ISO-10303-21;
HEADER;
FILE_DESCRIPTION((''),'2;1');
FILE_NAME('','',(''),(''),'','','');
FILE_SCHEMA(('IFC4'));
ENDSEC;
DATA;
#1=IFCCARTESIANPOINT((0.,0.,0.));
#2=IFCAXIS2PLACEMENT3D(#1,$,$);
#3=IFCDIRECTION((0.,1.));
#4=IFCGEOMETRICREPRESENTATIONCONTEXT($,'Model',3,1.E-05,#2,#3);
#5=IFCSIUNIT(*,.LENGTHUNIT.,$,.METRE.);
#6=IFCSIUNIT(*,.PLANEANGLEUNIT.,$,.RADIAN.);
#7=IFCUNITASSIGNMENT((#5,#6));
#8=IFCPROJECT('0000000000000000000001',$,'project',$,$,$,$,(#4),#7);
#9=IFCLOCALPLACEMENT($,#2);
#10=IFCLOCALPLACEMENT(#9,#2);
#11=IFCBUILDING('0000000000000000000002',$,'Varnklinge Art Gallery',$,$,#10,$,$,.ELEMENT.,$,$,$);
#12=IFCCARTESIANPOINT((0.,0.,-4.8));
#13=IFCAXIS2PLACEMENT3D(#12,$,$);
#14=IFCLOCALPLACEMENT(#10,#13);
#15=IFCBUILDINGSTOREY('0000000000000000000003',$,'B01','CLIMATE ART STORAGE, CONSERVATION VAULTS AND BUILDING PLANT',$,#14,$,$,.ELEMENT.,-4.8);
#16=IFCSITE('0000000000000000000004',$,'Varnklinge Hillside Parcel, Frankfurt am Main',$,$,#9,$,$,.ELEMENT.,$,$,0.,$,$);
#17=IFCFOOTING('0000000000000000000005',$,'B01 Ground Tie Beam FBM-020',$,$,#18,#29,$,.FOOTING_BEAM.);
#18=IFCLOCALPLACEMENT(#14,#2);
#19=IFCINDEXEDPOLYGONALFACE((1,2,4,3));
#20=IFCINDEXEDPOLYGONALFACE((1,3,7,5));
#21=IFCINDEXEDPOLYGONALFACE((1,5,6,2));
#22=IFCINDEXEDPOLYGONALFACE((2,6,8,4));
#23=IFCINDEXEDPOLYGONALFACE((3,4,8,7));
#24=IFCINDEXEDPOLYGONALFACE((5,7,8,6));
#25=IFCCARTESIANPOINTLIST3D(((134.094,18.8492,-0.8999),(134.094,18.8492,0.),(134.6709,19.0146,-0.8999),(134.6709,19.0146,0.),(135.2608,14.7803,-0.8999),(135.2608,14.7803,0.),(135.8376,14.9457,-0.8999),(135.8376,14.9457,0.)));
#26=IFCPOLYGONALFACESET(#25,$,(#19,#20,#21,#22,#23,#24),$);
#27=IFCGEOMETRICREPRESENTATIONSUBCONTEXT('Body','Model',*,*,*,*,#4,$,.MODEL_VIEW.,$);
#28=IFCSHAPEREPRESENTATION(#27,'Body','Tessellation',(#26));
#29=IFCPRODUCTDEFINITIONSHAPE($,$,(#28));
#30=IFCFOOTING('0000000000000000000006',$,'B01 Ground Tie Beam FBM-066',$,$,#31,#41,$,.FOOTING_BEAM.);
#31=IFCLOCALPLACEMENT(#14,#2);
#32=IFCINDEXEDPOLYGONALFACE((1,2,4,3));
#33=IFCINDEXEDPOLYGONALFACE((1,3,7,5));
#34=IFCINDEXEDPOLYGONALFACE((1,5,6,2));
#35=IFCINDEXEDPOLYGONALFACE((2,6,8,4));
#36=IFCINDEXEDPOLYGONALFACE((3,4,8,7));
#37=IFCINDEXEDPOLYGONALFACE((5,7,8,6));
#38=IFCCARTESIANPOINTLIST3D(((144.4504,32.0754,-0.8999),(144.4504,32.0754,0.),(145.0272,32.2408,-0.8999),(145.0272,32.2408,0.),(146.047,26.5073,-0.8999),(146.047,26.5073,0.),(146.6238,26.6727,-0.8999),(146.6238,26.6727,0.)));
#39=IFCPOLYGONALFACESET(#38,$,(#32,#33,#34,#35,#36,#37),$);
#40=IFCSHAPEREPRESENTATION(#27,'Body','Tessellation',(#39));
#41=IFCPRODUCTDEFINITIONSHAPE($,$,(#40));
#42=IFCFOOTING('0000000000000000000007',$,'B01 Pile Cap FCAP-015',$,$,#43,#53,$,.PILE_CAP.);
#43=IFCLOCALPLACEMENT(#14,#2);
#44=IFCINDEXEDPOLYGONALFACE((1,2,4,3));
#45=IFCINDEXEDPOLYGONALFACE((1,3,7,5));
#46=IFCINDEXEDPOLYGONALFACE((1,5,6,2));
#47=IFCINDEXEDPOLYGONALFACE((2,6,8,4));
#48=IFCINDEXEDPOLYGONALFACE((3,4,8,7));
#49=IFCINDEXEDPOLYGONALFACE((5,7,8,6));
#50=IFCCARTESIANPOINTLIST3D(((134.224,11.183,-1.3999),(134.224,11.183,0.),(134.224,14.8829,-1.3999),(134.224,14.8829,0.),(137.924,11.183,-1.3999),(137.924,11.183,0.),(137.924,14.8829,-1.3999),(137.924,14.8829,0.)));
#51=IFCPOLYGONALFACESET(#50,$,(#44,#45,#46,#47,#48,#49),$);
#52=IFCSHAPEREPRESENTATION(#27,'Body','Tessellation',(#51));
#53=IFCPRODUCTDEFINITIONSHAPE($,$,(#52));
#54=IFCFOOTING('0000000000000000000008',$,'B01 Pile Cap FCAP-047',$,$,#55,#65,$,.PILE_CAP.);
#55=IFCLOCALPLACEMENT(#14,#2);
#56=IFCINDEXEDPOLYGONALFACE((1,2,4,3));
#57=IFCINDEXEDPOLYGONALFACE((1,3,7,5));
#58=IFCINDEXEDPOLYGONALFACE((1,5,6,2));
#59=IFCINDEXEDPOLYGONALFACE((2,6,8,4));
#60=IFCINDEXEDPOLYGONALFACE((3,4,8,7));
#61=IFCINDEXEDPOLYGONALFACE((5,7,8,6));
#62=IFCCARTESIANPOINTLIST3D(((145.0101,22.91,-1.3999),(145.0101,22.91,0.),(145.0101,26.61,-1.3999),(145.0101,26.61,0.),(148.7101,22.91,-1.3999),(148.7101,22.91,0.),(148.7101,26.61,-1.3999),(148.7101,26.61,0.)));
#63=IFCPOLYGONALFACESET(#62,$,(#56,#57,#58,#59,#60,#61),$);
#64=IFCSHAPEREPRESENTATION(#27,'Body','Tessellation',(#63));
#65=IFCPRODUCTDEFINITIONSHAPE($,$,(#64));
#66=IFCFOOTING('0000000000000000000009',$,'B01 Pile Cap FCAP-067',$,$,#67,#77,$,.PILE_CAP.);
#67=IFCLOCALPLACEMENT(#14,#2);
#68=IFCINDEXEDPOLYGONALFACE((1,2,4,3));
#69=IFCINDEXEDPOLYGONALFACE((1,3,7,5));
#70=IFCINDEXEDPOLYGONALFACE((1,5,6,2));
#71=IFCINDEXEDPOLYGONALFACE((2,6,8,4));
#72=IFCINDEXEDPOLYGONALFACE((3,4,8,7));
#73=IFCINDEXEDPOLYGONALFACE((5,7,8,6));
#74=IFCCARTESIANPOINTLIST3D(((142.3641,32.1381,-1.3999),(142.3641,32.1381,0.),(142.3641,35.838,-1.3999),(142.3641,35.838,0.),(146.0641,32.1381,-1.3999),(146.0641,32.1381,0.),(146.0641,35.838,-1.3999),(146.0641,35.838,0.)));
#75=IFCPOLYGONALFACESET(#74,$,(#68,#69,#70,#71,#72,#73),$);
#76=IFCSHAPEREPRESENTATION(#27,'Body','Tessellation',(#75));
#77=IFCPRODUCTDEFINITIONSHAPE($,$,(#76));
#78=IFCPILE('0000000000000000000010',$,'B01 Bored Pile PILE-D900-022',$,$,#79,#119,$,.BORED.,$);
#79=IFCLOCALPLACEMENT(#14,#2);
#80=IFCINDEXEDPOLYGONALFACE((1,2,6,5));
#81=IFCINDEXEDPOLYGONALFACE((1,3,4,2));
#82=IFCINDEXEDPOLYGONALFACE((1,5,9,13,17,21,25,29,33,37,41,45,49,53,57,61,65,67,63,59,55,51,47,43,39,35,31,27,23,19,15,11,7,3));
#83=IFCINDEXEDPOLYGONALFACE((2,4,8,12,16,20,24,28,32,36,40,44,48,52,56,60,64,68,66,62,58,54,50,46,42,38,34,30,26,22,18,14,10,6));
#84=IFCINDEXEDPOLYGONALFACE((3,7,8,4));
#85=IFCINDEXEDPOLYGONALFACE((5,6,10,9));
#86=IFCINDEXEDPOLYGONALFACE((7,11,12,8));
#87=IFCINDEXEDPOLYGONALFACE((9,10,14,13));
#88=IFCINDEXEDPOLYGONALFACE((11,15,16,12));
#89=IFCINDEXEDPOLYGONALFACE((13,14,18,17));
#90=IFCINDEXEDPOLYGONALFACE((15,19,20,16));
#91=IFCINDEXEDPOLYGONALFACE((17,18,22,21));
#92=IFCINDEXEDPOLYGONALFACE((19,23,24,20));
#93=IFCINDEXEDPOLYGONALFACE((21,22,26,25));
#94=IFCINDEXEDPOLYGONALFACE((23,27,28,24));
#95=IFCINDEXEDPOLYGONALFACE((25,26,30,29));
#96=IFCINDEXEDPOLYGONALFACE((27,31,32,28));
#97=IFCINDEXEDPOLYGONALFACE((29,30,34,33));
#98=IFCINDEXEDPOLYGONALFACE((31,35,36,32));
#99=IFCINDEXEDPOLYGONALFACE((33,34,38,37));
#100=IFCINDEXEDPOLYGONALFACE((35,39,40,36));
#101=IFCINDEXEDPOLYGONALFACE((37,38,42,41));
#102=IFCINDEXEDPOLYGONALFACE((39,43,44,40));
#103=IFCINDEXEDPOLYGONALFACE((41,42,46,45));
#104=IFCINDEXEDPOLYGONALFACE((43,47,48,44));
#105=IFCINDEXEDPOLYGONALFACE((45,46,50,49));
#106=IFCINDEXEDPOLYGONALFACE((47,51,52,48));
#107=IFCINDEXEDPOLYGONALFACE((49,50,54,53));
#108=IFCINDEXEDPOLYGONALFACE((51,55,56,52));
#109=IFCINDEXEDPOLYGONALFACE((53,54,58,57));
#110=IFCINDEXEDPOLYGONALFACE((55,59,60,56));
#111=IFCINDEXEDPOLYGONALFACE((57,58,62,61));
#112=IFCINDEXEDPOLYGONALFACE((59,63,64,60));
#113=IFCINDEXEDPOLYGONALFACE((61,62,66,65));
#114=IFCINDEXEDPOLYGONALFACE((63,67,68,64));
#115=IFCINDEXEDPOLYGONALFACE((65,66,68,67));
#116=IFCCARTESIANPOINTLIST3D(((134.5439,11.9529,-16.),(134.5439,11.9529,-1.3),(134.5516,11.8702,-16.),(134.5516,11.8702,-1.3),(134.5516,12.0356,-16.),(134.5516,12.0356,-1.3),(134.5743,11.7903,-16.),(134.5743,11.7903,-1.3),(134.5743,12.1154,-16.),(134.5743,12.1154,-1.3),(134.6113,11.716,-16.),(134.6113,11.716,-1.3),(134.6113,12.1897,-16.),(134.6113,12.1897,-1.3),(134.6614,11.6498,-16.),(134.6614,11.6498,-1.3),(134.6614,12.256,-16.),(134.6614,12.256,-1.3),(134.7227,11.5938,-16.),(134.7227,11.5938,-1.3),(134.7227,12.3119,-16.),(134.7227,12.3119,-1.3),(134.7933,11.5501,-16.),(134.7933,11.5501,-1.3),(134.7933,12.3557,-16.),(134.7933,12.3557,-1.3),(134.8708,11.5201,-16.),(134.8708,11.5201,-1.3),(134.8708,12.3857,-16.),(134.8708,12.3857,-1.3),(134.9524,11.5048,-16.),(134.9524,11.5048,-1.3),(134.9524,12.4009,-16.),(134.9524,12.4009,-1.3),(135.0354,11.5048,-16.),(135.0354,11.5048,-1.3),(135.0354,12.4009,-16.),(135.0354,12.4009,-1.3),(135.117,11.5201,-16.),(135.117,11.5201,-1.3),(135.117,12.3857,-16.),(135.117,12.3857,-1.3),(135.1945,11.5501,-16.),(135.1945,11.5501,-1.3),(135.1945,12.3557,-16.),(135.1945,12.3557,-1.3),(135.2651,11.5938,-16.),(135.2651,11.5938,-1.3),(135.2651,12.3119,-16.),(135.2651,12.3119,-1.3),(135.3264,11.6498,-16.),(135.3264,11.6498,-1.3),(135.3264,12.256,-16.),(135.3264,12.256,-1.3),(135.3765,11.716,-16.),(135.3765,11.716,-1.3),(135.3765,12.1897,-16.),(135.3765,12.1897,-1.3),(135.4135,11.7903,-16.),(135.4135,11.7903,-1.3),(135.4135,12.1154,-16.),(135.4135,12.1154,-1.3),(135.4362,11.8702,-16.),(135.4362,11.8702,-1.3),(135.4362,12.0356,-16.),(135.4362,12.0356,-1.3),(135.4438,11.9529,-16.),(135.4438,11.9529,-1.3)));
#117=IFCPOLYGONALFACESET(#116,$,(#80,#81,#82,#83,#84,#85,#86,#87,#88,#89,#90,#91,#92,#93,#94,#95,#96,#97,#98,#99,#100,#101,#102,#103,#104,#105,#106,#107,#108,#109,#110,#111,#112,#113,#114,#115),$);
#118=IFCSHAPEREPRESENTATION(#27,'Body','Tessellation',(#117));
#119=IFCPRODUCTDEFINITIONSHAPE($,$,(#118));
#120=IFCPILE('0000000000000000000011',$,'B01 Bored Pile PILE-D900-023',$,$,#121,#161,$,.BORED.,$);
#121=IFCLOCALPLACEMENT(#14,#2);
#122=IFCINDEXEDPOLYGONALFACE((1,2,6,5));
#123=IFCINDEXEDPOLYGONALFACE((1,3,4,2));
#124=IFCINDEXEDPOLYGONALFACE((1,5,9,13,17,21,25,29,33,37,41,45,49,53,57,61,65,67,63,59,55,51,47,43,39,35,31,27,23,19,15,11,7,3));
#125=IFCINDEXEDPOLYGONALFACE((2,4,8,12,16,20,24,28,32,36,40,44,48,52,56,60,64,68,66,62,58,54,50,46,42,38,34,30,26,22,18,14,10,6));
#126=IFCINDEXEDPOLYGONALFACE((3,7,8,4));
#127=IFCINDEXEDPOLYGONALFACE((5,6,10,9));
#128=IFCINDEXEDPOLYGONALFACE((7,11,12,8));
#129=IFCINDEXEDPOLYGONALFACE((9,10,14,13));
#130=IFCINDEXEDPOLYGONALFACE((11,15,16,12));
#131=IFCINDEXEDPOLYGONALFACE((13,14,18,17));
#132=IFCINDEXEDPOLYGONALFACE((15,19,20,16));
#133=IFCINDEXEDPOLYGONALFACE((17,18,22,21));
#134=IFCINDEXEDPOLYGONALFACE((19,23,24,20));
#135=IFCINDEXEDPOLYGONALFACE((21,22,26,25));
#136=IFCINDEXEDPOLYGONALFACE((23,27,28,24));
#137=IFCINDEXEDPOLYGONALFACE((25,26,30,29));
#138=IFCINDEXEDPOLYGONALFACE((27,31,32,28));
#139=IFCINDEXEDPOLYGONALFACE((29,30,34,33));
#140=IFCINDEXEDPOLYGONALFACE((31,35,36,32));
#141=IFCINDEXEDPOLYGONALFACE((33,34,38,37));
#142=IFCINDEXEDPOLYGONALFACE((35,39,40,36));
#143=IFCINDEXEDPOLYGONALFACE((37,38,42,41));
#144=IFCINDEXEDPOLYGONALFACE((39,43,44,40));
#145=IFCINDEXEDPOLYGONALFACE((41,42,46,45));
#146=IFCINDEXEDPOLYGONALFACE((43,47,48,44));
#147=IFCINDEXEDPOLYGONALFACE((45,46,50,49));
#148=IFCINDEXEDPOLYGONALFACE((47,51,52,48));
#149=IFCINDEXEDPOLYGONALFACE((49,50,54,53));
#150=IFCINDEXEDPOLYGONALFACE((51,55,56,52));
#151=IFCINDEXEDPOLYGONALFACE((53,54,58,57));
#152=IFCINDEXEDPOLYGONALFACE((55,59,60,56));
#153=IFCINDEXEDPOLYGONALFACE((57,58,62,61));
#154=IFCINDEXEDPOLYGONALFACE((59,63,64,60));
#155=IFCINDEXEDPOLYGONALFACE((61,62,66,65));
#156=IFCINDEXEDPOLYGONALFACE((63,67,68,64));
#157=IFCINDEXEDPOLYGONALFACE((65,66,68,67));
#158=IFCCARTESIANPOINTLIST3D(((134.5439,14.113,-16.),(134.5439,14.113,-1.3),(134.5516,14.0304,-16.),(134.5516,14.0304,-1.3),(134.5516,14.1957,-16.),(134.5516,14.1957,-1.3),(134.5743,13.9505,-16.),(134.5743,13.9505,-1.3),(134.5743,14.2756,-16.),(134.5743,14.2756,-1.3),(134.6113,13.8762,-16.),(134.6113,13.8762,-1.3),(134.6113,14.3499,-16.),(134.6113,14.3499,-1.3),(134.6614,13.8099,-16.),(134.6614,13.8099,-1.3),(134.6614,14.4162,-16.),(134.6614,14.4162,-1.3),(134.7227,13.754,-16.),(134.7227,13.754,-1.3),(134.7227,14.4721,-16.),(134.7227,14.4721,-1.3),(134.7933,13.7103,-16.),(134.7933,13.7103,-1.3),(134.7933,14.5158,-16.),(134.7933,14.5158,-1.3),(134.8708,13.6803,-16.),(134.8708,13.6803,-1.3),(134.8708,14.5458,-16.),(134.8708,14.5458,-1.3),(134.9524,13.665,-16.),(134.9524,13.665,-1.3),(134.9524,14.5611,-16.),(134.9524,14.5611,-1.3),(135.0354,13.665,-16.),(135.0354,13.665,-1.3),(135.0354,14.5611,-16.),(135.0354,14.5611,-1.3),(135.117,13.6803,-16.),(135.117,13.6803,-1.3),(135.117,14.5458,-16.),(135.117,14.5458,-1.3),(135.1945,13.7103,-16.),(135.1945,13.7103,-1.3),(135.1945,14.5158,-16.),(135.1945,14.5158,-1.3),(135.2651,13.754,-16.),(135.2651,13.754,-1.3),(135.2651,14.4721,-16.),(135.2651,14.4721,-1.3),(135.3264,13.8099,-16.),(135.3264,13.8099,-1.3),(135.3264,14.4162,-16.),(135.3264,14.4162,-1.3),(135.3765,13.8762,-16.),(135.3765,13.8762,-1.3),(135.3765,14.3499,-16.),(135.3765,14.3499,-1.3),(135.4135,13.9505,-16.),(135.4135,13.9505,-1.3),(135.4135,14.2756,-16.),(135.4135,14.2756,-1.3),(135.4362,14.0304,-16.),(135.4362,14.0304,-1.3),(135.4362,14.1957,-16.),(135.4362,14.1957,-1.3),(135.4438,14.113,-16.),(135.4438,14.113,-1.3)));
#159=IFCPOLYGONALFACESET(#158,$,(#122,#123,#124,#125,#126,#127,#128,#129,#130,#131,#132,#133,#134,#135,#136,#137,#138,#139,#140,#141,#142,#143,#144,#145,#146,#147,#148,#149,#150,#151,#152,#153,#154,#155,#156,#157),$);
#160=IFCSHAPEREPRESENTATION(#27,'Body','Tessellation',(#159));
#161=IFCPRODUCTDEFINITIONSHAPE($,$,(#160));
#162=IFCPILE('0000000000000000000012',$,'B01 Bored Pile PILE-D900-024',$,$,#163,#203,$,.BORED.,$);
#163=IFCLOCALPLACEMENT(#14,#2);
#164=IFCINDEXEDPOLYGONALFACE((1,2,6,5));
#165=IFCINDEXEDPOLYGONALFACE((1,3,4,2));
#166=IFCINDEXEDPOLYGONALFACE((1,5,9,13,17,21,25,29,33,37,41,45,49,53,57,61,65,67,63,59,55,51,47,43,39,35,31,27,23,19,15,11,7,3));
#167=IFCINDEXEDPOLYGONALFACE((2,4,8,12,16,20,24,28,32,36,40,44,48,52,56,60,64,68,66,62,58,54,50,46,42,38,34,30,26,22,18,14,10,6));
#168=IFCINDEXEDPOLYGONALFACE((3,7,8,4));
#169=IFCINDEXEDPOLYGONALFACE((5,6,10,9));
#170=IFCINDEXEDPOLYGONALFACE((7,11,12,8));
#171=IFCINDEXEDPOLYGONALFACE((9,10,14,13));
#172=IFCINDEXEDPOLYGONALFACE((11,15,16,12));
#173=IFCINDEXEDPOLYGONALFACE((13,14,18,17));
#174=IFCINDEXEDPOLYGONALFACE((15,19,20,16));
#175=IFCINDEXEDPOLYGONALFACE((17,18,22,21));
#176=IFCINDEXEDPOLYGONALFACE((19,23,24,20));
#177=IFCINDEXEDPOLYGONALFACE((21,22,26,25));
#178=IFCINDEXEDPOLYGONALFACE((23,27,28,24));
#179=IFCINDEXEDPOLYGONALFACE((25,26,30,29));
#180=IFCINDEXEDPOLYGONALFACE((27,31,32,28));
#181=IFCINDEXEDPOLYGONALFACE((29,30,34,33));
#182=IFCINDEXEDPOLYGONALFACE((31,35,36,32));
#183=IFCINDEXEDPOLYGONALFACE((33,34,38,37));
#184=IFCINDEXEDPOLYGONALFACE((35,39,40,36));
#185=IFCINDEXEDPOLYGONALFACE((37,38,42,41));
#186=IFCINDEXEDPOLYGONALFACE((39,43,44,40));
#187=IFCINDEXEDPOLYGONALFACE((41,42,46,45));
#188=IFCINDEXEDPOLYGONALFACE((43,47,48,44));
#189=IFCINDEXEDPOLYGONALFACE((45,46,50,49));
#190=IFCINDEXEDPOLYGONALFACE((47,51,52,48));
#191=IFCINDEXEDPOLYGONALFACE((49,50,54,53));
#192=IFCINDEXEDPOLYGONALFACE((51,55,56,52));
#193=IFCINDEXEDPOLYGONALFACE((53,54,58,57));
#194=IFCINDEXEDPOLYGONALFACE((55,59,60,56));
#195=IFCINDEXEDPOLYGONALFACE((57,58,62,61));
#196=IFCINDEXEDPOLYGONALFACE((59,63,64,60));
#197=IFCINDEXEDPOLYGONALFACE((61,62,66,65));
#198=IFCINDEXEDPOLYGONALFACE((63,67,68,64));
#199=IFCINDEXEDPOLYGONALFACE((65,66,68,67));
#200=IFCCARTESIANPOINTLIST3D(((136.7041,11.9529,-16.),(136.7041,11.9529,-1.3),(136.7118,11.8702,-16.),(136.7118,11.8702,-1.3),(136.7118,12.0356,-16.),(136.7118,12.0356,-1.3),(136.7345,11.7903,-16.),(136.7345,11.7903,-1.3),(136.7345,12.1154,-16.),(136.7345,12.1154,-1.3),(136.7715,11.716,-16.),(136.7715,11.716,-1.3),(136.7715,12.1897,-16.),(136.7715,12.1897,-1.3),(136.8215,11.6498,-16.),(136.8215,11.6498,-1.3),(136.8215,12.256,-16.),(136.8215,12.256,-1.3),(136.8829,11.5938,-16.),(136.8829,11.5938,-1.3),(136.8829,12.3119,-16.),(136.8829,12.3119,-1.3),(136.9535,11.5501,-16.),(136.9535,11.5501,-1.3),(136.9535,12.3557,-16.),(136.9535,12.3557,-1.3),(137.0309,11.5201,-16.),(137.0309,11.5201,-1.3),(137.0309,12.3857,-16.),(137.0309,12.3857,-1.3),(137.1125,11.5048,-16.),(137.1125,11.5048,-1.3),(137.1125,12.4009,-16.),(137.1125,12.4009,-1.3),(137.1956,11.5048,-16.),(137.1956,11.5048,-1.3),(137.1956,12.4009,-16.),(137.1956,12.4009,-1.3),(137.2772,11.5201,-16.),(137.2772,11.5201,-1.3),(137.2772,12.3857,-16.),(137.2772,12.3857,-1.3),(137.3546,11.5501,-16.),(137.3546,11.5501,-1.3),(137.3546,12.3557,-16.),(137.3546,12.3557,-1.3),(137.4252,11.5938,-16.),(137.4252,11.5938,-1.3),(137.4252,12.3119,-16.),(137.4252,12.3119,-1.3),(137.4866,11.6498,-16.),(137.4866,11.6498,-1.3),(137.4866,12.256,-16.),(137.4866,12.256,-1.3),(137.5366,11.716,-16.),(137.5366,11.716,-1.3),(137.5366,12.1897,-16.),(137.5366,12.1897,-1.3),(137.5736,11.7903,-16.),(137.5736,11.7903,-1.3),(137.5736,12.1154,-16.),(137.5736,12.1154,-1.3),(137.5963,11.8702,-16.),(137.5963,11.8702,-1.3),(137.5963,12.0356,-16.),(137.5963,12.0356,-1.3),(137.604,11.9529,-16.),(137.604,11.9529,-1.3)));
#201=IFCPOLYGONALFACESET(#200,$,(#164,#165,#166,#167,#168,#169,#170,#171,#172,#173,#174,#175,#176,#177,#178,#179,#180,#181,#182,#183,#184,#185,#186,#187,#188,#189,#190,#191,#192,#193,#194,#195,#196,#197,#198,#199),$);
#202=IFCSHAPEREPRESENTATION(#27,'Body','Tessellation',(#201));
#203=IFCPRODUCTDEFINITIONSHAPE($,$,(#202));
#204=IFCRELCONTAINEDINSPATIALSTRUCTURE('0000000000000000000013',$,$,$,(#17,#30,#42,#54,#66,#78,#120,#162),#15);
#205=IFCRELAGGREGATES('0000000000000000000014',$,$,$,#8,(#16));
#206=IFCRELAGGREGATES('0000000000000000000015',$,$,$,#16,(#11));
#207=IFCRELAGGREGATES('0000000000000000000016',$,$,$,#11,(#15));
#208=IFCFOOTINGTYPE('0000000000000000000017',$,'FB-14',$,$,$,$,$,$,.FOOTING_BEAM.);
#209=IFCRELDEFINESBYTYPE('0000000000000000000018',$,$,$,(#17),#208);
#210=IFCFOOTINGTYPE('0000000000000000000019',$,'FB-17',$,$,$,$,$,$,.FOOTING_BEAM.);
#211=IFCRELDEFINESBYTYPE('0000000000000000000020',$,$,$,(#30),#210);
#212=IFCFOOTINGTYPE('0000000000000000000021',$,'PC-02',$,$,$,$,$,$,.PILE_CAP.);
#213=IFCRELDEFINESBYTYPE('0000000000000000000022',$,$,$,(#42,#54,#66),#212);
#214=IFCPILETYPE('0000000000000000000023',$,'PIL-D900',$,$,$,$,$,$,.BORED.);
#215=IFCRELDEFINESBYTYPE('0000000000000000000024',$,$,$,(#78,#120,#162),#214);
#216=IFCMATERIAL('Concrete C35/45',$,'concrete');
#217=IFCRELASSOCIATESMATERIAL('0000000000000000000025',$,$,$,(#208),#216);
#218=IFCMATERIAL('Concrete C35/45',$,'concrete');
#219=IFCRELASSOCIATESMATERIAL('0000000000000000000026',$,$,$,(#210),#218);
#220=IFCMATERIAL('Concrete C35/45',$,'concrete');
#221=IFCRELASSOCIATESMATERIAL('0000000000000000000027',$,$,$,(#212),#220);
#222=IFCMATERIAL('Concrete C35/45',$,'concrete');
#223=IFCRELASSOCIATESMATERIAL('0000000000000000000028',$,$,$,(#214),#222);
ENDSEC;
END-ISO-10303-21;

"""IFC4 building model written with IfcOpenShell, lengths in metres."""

from ifc_helpers import new_model, si_unit, direction, frame, origin, origin_2d, place, context, subcontext, project, spatial, rectangle, circle, extrude, material, material_profile, profile_set, type_object, element, save


model = new_model("IFC4")

# Units and contexts
model_context = context("Model", 3, precision=1e-05, world=origin(), true_north=direction((0.0, 1.0)))
body_context = subcontext(model_context, "Body", "Model", "MODEL_VIEW")
ifc_project = project(units=[si_unit("LENGTHUNIT", "METRE"), si_unit("PLANEANGLEUNIT", "RADIAN")], contexts=[model_context])

# Site, building, storey
site_placement = place(None, origin())
site = spatial("IfcSite", under=ifc_project, at=site_placement, Name="Varnklinge Hillside Parcel, Frankfurt am Main", CompositionType="ELEMENT", RefElevation=0.0)
building_placement = place(site_placement, origin())
building = spatial("IfcBuilding", under=site, at=building_placement, Name="Varnklinge Art Gallery", CompositionType="ELEMENT")
storey_placement = place(building_placement, frame((0.0, 0.0, -4.8)))
storey = spatial("IfcBuildingStorey", under=building, at=storey_placement, Name="B01", Description="CLIMATE ART STORAGE, CONSERVATION VAULTS AND BUILDING PLANT", CompositionType="ELEMENT", Elevation=-4.8)

# Footings
ifc_material_1 = material(Name="Concrete C35/45", Category="concrete")
footing_type_1 = type_object("IfcFootingType", Name="FB-14", PredefinedType="FOOTING_BEAM", material=ifc_material_1)
footing_1_placement = place(storey_placement, frame((134.9658, 16.8975, -0.8999), z_axis=(0.0, 0.0, 1.0), x_axis=(-0.275637, 0.961262, 0.0)))
element("IfcFooting", 1, at=footing_1_placement, inside=storey, type_object=footing_type_1, Name="B01 Ground Tie Beam FBM-020", PredefinedType="FOOTING_BEAM", context=body_context, shape_type="SweptSolid", body=[
    extrude(rectangle(XDim=4.2329, YDim=0.6001, at=origin_2d()), origin(), (0.0, 0.0, 1.0), 0.8999),
])
ifc_material_2 = material(Name="Concrete C35/45", Category="concrete")
footing_type_2 = type_object("IfcFootingType", Name="FB-17", PredefinedType="FOOTING_BEAM", material=ifc_material_2)
footing_2_placement = place(storey_placement, frame((145.5371, 29.374, -0.8999), z_axis=(0.0, 0.0, 1.0), x_axis=(-0.275637, 0.961262, 0.0)))
element("IfcFooting", 2, at=footing_2_placement, inside=storey, type_object=footing_type_2, Name="B01 Ground Tie Beam FBM-066", PredefinedType="FOOTING_BEAM", context=body_context, shape_type="SweptSolid", body=[
    extrude(rectangle(XDim=5.7925, YDim=0.6001, at=origin_2d()), origin(), (0.0, 0.0, 1.0), 0.8999),
])
ifc_material_3 = material(Name="Concrete C35/45", Category="concrete")
footing_type_3 = type_object("IfcFootingType", Name="PC-02", PredefinedType="PILE_CAP", material=ifc_material_3)
for number, where, z_axis, x_axis, name in (
    (3, (136.074, 13.033, -1.3999), (0.0, 0.0, 1.0), (1.0, 0.0, 0.0), "B01 Pile Cap FCAP-015"),
    (4, (146.8601, 24.76, -1.3999), (0.0, 0.0, 1.0), (1.0, 0.0, 0.0), "B01 Pile Cap FCAP-047"),
    (5, (144.2141, 33.988, -1.3999), (0.0, 0.0, 1.0), (1.0, 0.0, 0.0), "B01 Pile Cap FCAP-067"),
):
    element("IfcFooting", number, at=place(storey_placement, frame(where, z_axis=z_axis, x_axis=x_axis)), inside=storey, type_object=footing_type_3, Name=name, PredefinedType="PILE_CAP", context=body_context, shape_type="SweptSolid", body=[
        extrude(rectangle(XDim=3.7, YDim=3.7, at=origin_2d()), origin(), (0.0, 0.0, 1.0), 1.3999),
    ])

# Piles
ifc_material_4 = material(Name="Concrete C35/45", Category="concrete")
ifc_material_profile_1 = material_profile(ifc_material_4, circle(Radius=0.45, at=origin_2d()), Name="PILE D900")
ifc_profile_set_1 = profile_set([ifc_material_profile_1], Name="Concrete C35/45")
pile_type = type_object("IfcPileType", Name="PIL-D900", PredefinedType="BORED", material=ifc_profile_set_1)
for number, where, z_axis, x_axis, name in (
    (6, (134.9939, 11.9529, -1.3), (0.0, 0.0, -1.0), (1.0, 0.0, 0.0), "B01 Bored Pile PILE-D900-022"),
    (7, (134.9939, 14.113, -1.3), (0.0, 0.0, -1.0), (1.0, 0.0, 0.0), "B01 Bored Pile PILE-D900-023"),
    (8, (137.1541, 11.9529, -1.3), (0.0, 0.0, -1.0), (1.0, 0.0, 0.0), "B01 Bored Pile PILE-D900-024"),
):
    element("IfcPile", number, at=place(storey_placement, frame(where, z_axis=z_axis, x_axis=x_axis)), inside=storey, type_object=pile_type, Name=name, PredefinedType="BORED", context=body_context, shape_type="SweptSolid", body=[
        extrude(circle(Radius=0.45, at=origin_2d()), origin(), (0.0, 0.0, 1.0), 14.7),
    ])

save(model, "model.ifc")
